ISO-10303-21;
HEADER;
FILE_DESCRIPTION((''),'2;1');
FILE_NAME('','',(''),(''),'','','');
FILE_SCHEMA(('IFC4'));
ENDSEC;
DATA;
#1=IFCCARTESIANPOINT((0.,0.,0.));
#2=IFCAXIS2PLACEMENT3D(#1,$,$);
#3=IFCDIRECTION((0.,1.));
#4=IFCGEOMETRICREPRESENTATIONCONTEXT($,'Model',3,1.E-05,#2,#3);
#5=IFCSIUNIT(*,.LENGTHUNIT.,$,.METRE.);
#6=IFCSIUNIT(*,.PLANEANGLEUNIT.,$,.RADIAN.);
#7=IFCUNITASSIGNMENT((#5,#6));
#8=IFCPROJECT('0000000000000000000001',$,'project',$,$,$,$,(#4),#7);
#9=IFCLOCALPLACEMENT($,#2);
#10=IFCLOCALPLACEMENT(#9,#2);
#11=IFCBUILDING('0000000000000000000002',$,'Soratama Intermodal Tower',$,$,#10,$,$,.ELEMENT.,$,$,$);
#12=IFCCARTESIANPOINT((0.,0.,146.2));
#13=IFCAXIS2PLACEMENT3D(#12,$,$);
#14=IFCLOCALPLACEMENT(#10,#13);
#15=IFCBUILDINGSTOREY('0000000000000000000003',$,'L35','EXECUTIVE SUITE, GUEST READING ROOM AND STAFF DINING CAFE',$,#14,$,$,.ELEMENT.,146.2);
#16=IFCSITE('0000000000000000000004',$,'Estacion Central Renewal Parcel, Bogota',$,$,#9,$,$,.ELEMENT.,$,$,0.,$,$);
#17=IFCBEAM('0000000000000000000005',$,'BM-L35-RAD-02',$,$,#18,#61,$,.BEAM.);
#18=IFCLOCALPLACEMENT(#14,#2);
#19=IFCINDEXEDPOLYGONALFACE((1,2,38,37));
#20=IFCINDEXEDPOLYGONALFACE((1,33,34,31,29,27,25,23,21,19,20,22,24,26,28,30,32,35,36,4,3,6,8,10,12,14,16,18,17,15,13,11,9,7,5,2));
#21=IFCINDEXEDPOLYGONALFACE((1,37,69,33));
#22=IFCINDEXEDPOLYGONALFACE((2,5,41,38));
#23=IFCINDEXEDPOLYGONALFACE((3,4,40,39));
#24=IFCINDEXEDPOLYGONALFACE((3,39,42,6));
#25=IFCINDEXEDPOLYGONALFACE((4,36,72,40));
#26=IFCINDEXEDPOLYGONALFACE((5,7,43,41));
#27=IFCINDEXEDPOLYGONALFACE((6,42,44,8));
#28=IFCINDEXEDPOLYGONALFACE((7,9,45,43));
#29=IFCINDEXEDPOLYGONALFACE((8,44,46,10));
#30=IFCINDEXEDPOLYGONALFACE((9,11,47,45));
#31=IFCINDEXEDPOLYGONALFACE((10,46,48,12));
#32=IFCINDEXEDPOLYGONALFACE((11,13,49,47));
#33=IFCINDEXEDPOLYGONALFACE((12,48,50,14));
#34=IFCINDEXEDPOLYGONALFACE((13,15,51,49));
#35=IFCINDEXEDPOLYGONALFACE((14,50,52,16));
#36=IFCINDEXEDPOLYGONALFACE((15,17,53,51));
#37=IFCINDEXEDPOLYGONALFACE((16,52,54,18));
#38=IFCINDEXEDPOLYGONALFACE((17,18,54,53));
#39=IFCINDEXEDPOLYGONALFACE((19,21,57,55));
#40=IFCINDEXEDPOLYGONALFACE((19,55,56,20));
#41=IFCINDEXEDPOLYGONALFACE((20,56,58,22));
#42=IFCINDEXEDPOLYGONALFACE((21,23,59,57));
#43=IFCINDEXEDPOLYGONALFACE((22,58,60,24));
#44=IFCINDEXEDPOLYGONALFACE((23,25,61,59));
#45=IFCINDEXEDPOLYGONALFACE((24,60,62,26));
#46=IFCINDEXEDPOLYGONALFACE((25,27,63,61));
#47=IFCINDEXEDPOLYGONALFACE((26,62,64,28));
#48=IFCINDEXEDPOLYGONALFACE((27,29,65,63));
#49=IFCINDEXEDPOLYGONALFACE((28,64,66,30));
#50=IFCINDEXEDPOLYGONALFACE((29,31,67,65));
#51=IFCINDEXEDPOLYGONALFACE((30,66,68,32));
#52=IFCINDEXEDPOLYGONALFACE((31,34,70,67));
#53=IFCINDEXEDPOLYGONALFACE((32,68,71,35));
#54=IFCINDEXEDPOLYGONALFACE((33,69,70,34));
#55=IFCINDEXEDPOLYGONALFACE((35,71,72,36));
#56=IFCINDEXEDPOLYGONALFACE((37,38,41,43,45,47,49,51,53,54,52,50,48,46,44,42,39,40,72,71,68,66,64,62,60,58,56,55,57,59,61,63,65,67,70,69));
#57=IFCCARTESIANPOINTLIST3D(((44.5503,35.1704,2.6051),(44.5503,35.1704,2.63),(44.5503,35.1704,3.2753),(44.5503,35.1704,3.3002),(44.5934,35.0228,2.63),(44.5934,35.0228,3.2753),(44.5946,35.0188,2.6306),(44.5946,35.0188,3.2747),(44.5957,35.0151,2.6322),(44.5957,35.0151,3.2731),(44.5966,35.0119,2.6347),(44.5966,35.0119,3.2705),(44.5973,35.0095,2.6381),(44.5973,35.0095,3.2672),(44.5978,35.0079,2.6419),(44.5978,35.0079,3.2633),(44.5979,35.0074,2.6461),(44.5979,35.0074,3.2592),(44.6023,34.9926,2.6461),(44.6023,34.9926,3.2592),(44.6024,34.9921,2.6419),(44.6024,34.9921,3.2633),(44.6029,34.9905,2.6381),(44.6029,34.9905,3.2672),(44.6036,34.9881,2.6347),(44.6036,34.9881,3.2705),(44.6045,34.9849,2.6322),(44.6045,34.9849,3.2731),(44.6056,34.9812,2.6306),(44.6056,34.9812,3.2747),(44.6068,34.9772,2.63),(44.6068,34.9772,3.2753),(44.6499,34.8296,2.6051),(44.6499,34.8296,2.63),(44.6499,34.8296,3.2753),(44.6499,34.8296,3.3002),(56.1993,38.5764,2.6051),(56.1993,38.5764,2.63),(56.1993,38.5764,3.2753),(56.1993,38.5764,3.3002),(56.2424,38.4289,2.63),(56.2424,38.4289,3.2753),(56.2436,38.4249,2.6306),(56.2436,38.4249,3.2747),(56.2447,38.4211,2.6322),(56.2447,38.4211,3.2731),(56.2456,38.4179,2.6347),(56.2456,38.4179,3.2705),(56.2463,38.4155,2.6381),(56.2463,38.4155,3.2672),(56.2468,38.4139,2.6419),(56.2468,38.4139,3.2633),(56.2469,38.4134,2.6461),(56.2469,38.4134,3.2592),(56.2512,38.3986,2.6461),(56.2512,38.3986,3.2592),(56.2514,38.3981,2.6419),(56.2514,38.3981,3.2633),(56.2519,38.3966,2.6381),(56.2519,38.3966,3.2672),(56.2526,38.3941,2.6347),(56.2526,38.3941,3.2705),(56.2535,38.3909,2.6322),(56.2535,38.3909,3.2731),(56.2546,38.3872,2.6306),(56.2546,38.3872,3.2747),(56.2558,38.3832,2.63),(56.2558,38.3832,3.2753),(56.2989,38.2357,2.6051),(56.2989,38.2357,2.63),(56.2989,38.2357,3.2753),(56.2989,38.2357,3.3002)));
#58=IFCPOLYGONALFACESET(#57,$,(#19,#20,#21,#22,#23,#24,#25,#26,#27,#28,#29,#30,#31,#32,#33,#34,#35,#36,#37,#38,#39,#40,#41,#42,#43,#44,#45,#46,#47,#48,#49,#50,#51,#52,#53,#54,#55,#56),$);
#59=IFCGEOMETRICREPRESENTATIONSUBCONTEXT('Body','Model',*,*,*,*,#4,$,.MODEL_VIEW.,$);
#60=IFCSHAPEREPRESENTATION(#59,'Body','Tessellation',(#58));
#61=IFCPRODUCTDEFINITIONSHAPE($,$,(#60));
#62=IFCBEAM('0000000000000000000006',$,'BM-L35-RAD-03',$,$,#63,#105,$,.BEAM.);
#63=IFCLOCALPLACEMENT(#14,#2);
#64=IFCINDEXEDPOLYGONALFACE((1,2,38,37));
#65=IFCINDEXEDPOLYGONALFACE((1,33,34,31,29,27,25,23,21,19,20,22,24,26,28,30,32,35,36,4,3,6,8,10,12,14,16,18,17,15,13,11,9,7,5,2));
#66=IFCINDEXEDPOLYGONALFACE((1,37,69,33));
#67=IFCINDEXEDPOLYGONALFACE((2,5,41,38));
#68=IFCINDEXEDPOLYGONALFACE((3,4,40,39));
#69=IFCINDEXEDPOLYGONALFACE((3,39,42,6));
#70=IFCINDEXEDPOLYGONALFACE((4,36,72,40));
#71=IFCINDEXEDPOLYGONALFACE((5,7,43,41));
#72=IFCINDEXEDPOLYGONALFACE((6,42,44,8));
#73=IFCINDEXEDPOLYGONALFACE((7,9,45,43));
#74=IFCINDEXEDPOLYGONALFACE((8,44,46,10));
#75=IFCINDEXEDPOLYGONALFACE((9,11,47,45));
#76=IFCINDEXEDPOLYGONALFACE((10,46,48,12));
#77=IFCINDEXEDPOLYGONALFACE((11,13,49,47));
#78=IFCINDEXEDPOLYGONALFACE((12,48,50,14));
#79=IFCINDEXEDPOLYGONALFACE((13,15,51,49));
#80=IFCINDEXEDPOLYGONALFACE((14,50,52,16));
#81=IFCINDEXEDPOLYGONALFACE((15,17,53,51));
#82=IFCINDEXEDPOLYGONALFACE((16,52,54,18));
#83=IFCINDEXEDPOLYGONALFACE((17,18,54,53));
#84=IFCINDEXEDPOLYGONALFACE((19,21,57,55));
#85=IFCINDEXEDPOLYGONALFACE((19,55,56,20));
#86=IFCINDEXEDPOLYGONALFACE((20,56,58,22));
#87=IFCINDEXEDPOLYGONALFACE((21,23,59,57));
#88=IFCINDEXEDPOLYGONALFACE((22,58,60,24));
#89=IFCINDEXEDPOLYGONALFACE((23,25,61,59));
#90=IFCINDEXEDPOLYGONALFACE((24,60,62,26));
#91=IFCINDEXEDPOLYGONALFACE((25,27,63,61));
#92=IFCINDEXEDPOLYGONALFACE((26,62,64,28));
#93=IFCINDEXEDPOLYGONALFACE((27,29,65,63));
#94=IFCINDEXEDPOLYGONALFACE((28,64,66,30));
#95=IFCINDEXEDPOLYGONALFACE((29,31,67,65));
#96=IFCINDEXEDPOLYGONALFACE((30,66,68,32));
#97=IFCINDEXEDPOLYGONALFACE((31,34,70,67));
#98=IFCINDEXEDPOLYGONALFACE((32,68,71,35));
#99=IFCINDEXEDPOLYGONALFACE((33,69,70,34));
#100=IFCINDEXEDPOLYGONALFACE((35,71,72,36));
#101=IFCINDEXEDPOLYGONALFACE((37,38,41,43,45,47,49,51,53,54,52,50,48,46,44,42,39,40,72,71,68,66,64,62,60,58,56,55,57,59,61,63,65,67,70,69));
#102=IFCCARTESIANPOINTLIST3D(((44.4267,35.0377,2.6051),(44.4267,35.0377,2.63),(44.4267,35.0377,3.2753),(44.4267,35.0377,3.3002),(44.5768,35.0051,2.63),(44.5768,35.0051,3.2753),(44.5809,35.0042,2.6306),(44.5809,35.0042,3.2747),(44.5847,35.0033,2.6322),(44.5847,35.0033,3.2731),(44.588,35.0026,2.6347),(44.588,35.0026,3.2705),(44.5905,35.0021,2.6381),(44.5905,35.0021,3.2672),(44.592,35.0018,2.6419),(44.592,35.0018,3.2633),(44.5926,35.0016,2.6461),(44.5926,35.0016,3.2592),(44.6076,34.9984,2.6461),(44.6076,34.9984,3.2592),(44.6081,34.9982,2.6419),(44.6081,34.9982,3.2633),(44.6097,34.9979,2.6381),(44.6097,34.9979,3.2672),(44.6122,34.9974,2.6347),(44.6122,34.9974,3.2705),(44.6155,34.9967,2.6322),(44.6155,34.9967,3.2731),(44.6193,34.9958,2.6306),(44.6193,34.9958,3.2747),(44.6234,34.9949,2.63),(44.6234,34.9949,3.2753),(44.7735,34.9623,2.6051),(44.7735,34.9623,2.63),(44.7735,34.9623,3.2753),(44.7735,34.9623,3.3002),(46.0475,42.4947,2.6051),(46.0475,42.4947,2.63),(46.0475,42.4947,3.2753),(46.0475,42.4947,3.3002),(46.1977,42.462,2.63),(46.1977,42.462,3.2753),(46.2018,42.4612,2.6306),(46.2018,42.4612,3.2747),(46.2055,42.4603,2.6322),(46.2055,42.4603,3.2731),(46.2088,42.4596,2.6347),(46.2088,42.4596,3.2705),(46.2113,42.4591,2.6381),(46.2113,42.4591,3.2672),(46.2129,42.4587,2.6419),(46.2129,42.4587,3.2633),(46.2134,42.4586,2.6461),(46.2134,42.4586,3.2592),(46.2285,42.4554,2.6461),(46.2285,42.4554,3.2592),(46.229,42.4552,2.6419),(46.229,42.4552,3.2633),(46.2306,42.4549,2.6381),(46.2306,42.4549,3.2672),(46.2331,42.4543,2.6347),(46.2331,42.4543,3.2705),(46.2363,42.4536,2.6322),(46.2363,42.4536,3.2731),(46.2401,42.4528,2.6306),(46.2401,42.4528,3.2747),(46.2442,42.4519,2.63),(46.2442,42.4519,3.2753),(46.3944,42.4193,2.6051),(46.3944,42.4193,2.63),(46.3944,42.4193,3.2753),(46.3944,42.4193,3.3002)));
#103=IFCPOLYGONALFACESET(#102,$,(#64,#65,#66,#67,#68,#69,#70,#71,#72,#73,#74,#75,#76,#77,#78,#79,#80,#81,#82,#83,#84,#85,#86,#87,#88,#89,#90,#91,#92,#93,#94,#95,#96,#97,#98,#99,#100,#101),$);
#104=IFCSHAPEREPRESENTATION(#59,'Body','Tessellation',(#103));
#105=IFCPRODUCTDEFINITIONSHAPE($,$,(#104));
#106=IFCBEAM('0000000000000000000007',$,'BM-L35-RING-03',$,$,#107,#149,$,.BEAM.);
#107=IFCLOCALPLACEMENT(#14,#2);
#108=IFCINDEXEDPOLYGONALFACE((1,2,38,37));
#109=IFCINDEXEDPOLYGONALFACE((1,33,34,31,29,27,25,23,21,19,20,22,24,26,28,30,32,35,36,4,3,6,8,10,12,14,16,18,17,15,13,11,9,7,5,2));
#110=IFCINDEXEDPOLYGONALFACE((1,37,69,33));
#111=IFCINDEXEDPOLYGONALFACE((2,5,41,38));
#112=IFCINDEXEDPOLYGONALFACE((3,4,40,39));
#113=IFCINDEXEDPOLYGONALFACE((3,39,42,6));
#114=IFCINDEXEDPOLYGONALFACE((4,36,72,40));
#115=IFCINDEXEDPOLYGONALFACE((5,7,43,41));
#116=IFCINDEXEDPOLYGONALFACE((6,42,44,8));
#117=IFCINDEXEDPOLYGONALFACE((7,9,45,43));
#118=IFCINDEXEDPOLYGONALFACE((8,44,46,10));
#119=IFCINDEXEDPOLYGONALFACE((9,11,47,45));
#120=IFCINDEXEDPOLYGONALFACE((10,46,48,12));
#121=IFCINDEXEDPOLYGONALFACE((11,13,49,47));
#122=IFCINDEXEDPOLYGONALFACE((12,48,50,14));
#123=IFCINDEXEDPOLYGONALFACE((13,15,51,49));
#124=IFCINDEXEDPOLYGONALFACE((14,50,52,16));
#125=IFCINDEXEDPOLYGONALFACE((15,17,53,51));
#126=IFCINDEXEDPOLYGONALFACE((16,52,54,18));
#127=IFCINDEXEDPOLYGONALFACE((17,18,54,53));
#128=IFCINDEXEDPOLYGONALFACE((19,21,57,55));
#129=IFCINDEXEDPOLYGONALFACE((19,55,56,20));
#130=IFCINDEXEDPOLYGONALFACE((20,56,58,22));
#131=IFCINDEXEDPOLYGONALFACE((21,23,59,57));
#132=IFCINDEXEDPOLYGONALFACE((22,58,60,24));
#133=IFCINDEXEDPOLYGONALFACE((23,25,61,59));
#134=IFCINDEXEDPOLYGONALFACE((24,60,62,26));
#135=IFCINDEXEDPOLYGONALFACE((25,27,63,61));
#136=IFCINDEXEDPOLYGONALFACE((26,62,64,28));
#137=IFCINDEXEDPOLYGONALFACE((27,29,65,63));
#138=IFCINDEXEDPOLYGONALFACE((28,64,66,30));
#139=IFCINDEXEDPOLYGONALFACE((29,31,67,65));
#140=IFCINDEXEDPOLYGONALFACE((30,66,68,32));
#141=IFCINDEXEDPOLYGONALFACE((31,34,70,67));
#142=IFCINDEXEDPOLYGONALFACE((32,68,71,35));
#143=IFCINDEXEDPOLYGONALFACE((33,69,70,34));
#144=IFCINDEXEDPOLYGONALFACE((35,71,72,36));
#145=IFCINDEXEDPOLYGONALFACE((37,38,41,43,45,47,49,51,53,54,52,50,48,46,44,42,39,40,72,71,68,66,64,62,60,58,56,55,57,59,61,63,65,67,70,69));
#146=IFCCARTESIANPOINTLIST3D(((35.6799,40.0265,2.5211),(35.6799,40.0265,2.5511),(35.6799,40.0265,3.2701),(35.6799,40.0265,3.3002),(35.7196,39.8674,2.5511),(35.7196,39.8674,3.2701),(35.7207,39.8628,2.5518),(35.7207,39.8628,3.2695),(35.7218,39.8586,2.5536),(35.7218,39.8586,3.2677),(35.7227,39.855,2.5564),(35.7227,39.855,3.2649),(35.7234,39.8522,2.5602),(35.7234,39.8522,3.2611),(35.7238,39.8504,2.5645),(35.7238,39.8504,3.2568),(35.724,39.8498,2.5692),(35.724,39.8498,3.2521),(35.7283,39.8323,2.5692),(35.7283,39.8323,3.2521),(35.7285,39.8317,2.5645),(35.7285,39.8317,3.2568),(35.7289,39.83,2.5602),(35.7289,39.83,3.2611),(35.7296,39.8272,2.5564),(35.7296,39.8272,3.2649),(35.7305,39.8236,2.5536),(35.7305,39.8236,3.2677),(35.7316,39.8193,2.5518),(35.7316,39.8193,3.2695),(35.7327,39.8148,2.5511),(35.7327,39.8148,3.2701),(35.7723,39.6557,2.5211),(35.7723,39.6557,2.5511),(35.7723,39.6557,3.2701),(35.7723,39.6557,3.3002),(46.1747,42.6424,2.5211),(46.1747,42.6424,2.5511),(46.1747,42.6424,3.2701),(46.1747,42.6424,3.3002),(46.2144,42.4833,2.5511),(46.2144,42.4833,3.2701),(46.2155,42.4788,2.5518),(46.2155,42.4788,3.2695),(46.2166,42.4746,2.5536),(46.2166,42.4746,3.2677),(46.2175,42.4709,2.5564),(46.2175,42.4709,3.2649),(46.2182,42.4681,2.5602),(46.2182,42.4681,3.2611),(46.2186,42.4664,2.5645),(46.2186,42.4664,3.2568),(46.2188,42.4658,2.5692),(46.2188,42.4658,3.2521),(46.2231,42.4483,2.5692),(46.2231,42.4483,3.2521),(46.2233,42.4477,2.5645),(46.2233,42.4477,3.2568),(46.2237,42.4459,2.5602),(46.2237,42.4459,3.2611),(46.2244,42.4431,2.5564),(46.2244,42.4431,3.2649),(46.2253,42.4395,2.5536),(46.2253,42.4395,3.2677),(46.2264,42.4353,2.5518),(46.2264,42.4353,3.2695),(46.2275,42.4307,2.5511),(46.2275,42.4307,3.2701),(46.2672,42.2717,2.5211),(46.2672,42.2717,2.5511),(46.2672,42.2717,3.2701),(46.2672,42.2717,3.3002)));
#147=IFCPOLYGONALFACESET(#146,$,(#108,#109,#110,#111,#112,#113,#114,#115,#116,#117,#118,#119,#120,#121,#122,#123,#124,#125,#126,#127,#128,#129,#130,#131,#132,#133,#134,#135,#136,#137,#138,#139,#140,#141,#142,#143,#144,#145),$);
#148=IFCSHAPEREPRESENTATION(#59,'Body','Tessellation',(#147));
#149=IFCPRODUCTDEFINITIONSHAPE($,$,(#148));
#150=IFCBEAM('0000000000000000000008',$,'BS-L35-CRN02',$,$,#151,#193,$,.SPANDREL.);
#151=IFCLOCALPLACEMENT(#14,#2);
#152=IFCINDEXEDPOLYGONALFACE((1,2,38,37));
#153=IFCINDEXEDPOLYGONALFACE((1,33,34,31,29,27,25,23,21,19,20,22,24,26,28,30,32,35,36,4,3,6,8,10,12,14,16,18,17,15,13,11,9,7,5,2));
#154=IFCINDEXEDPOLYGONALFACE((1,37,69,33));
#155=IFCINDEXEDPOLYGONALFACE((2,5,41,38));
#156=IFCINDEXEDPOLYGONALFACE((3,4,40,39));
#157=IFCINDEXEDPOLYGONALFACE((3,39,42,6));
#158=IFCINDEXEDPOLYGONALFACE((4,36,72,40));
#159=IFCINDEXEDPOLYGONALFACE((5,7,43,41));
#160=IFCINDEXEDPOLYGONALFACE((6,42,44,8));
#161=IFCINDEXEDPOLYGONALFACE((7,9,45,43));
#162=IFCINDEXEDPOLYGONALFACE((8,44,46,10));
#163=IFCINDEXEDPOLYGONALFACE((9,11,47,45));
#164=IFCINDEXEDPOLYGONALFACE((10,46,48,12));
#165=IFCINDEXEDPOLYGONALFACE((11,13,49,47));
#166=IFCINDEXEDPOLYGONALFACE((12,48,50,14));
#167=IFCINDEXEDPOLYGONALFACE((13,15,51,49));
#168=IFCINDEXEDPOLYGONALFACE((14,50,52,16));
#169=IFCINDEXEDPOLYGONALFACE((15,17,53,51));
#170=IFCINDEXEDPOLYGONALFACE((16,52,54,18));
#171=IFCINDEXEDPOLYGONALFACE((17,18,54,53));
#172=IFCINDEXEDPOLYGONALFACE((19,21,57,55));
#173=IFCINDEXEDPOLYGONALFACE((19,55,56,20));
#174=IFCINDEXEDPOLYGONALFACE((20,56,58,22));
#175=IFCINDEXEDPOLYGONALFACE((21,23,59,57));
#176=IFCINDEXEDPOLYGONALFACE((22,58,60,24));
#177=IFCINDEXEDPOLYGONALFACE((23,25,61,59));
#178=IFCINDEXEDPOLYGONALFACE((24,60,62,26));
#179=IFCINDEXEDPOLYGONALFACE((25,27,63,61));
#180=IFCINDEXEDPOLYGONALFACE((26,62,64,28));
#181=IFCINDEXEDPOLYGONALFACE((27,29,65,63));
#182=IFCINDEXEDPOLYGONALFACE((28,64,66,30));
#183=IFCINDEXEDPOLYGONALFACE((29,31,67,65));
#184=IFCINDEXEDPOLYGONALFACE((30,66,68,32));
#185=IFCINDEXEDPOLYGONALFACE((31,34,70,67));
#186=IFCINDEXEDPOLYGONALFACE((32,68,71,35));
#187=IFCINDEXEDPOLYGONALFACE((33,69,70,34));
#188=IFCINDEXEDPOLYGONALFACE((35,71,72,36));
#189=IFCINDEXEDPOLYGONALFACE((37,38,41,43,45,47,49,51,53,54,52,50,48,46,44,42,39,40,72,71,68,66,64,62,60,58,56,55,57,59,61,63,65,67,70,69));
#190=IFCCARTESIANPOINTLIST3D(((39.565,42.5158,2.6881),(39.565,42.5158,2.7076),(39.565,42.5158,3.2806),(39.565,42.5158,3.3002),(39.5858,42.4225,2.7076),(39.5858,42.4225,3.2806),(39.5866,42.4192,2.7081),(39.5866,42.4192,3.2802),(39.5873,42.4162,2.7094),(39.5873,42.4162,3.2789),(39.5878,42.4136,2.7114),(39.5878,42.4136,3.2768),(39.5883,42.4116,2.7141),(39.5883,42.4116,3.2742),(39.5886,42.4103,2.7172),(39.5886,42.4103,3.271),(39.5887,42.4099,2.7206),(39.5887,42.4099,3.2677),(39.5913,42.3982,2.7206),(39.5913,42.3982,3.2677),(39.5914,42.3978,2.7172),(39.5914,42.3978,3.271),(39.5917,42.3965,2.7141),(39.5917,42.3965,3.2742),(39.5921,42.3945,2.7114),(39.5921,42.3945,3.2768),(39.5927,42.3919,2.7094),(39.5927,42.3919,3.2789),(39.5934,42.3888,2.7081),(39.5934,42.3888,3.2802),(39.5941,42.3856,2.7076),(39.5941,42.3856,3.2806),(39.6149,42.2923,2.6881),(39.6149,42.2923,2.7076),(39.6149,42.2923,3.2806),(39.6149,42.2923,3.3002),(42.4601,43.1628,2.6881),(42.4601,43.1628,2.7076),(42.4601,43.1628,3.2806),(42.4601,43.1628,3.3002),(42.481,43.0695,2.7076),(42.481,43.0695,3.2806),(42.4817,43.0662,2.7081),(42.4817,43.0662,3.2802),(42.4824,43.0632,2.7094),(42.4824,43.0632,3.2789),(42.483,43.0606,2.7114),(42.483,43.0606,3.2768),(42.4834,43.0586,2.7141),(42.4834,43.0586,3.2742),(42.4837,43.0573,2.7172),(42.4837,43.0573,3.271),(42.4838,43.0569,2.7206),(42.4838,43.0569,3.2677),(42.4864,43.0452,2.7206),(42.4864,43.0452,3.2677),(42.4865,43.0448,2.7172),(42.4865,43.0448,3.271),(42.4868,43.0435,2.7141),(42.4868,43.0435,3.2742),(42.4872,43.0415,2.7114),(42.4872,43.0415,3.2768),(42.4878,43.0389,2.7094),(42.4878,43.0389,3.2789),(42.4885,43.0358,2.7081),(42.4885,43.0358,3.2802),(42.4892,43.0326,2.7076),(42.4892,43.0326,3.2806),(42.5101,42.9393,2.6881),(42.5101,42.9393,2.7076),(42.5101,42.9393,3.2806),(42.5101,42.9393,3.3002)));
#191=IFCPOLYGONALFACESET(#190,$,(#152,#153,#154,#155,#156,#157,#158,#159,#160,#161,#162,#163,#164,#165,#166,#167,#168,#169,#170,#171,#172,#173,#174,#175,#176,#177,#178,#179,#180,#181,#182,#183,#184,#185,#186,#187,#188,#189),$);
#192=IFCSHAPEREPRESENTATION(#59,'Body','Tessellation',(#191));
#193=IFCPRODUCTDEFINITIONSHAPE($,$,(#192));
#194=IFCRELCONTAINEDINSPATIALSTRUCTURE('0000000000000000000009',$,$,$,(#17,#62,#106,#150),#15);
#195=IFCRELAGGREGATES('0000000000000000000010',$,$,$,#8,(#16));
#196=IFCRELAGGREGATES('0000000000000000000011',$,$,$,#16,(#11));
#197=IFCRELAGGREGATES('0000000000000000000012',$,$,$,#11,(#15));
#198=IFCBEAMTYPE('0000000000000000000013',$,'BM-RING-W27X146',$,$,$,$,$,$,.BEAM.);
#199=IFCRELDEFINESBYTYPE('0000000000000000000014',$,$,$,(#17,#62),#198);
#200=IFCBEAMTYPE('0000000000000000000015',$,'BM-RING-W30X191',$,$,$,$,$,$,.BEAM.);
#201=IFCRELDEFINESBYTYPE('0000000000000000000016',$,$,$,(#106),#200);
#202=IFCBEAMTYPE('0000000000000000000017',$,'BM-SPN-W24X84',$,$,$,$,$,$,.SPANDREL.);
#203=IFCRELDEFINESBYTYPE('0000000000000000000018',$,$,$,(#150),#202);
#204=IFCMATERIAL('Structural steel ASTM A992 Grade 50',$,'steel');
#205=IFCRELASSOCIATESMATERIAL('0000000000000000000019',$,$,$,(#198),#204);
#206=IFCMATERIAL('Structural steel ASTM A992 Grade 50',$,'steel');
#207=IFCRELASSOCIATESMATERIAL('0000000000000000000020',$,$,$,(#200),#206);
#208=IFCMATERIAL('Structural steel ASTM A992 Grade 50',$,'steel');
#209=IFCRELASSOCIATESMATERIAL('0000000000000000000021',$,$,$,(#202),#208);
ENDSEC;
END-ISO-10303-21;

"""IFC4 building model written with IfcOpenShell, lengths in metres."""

from ifc_helpers import new_model, si_unit, direction, frame, origin, origin_2d, place, context, subcontext, project, spatial, i_section, extrude, material, material_profile, profile_set, type_object, element, save


model = new_model("IFC4")

# Units and contexts
model_context = context("Model", 3, precision=1e-05, world=origin(), true_north=direction((0.0, 1.0)))
body_context = subcontext(model_context, "Body", "Model", "MODEL_VIEW")
ifc_project = project(units=[si_unit("LENGTHUNIT", "METRE"), si_unit("PLANEANGLEUNIT", "RADIAN")], contexts=[model_context])

# Site, building, storey
site_placement = place(None, origin())
site = spatial("IfcSite", under=ifc_project, at=site_placement, Name="Estacion Central Renewal Parcel, Bogota", CompositionType="ELEMENT", RefElevation=0.0)
building_placement = place(site_placement, origin())
building = spatial("IfcBuilding", under=site, at=building_placement, Name="Soratama Intermodal Tower", CompositionType="ELEMENT")
storey_placement = place(building_placement, frame((0.0, 0.0, 146.2)))
storey = spatial("IfcBuildingStorey", under=building, at=storey_placement, Name="L35", Description="EXECUTIVE SUITE, GUEST READING ROOM AND STAFF DINING CAFE", CompositionType="ELEMENT", Elevation=146.2)

# Beams
ifc_material_1 = material(Name="Structural steel ASTM A992 Grade 50", Category="steel")
ifc_material_profile_1 = material_profile(ifc_material_1, i_section(OverallWidth=0.355, OverallDepth=0.6951, WebThickness=0.0154, FlangeThickness=0.0249, FilletRadius=0.0161, at=origin_2d()), Name="W27X146")
ifc_profile_set_1 = profile_set([ifc_material_profile_1], Name="Structural steel ASTM A992 Grade 50")
beam_type_1 = type_object("IfcBeamType", Name="BM-RING-W27X146", PredefinedType="BEAM", material=ifc_profile_set_1)
beam_1_placement = place(storey_placement, frame((44.6001, 35.0, 2.9526), z_axis=(0.959814, 0.280638, 0.0), x_axis=(-0.280638, 0.959814, 0.0)))
element("IfcBeam", 1, at=beam_1_placement, inside=storey, type_object=beam_type_1, Name="BM-L35-RAD-02", PredefinedType="BEAM", context=body_context, shape_type="SweptSolid", body=[
    extrude(i_section(OverallWidth=0.355, OverallDepth=0.6951, WebThickness=0.0154, FlangeThickness=0.0249, FilletRadius=0.0161, at=origin_2d()), origin(), (0.0, 0.0, 1.0), 12.1367),
])
beam_2_placement = place(storey_placement, frame((44.6001, 35.0, 2.9526), z_axis=(0.212399, 0.977183, 0.0), x_axis=(-0.977183, 0.212399, 0.0)))
element("IfcBeam", 2, at=beam_2_placement, inside=storey, type_object=beam_type_1, Name="BM-L35-RAD-03", PredefinedType="BEAM", context=body_context, shape_type="SweptSolid", body=[
    extrude(i_section(OverallWidth=0.355, OverallDepth=0.6951, WebThickness=0.0154, FlangeThickness=0.0249, FilletRadius=0.0161, at=origin_2d()), origin(), (0.0, 0.0, 1.0), 7.6311),
])
ifc_material_2 = material(Name="Structural steel ASTM A992 Grade 50", Category="steel")
ifc_material_profile_2 = material_profile(ifc_material_2, i_section(OverallWidth=0.3821, OverallDepth=0.7791, WebThickness=0.0181, FlangeThickness=0.03, FilletRadius=0.0181, at=origin_2d()), Name="W30X191")
ifc_profile_set_2 = profile_set([ifc_material_profile_2], Name="Structural steel ASTM A992 Grade 50")
beam_type_2 = type_object("IfcBeamType", Name="BM-RING-W30X191", PredefinedType="BEAM", material=ifc_profile_set_2)
beam_3_placement = place(storey_placement, frame((46.2209, 42.457, 2.9106), z_axis=(-0.970311, -0.241861, 0.0), x_axis=(0.241861, -0.970311, 0.0)))
element("IfcBeam", 3, at=beam_3_placement, inside=storey, type_object=beam_type_2, Name="BM-L35-RING-03", PredefinedType="BEAM", context=body_context, shape_type="SweptSolid", body=[
    extrude(i_section(OverallWidth=0.3821, OverallDepth=0.7791, WebThickness=0.0181, FlangeThickness=0.03, FilletRadius=0.0181, at=origin_2d()), origin(), (0.0, 0.0, 1.0), 10.8159),
])
ifc_material_3 = material(Name="Structural steel ASTM A992 Grade 50", Category="steel")
ifc_material_profile_3 = material_profile(ifc_material_3, i_section(OverallWidth=0.229, OverallDepth=0.6121, WebThickness=0.012, FlangeThickness=0.0195, FilletRadius=0.0129, at=origin_2d()), Name="W24X84")
ifc_profile_set_3 = profile_set([ifc_material_profile_3], Name="Structural steel ASTM A992 Grade 50")
beam_type_3 = type_object("IfcBeamType", Name="BM-SPN-W24X84", PredefinedType="SPANDREL", material=ifc_profile_set_3)
beam_4_placement = place(storey_placement, frame((42.4851, 43.051, 2.9941), z_axis=(-0.975927, -0.218098, 0.0), x_axis=(0.218098, -0.975927, 0.0)))
element("IfcBeam", 4, at=beam_4_placement, inside=storey, type_object=beam_type_3, Name="BS-L35-CRN02", PredefinedType="SPANDREL", context=body_context, shape_type="SweptSolid", body=[
    extrude(i_section(OverallWidth=0.229, OverallDepth=0.6121, WebThickness=0.012, FlangeThickness=0.0195, FilletRadius=0.0129, at=origin_2d()), origin(), (0.0, 0.0, 1.0), 2.9666),
])

save(model, "model.ifc")
